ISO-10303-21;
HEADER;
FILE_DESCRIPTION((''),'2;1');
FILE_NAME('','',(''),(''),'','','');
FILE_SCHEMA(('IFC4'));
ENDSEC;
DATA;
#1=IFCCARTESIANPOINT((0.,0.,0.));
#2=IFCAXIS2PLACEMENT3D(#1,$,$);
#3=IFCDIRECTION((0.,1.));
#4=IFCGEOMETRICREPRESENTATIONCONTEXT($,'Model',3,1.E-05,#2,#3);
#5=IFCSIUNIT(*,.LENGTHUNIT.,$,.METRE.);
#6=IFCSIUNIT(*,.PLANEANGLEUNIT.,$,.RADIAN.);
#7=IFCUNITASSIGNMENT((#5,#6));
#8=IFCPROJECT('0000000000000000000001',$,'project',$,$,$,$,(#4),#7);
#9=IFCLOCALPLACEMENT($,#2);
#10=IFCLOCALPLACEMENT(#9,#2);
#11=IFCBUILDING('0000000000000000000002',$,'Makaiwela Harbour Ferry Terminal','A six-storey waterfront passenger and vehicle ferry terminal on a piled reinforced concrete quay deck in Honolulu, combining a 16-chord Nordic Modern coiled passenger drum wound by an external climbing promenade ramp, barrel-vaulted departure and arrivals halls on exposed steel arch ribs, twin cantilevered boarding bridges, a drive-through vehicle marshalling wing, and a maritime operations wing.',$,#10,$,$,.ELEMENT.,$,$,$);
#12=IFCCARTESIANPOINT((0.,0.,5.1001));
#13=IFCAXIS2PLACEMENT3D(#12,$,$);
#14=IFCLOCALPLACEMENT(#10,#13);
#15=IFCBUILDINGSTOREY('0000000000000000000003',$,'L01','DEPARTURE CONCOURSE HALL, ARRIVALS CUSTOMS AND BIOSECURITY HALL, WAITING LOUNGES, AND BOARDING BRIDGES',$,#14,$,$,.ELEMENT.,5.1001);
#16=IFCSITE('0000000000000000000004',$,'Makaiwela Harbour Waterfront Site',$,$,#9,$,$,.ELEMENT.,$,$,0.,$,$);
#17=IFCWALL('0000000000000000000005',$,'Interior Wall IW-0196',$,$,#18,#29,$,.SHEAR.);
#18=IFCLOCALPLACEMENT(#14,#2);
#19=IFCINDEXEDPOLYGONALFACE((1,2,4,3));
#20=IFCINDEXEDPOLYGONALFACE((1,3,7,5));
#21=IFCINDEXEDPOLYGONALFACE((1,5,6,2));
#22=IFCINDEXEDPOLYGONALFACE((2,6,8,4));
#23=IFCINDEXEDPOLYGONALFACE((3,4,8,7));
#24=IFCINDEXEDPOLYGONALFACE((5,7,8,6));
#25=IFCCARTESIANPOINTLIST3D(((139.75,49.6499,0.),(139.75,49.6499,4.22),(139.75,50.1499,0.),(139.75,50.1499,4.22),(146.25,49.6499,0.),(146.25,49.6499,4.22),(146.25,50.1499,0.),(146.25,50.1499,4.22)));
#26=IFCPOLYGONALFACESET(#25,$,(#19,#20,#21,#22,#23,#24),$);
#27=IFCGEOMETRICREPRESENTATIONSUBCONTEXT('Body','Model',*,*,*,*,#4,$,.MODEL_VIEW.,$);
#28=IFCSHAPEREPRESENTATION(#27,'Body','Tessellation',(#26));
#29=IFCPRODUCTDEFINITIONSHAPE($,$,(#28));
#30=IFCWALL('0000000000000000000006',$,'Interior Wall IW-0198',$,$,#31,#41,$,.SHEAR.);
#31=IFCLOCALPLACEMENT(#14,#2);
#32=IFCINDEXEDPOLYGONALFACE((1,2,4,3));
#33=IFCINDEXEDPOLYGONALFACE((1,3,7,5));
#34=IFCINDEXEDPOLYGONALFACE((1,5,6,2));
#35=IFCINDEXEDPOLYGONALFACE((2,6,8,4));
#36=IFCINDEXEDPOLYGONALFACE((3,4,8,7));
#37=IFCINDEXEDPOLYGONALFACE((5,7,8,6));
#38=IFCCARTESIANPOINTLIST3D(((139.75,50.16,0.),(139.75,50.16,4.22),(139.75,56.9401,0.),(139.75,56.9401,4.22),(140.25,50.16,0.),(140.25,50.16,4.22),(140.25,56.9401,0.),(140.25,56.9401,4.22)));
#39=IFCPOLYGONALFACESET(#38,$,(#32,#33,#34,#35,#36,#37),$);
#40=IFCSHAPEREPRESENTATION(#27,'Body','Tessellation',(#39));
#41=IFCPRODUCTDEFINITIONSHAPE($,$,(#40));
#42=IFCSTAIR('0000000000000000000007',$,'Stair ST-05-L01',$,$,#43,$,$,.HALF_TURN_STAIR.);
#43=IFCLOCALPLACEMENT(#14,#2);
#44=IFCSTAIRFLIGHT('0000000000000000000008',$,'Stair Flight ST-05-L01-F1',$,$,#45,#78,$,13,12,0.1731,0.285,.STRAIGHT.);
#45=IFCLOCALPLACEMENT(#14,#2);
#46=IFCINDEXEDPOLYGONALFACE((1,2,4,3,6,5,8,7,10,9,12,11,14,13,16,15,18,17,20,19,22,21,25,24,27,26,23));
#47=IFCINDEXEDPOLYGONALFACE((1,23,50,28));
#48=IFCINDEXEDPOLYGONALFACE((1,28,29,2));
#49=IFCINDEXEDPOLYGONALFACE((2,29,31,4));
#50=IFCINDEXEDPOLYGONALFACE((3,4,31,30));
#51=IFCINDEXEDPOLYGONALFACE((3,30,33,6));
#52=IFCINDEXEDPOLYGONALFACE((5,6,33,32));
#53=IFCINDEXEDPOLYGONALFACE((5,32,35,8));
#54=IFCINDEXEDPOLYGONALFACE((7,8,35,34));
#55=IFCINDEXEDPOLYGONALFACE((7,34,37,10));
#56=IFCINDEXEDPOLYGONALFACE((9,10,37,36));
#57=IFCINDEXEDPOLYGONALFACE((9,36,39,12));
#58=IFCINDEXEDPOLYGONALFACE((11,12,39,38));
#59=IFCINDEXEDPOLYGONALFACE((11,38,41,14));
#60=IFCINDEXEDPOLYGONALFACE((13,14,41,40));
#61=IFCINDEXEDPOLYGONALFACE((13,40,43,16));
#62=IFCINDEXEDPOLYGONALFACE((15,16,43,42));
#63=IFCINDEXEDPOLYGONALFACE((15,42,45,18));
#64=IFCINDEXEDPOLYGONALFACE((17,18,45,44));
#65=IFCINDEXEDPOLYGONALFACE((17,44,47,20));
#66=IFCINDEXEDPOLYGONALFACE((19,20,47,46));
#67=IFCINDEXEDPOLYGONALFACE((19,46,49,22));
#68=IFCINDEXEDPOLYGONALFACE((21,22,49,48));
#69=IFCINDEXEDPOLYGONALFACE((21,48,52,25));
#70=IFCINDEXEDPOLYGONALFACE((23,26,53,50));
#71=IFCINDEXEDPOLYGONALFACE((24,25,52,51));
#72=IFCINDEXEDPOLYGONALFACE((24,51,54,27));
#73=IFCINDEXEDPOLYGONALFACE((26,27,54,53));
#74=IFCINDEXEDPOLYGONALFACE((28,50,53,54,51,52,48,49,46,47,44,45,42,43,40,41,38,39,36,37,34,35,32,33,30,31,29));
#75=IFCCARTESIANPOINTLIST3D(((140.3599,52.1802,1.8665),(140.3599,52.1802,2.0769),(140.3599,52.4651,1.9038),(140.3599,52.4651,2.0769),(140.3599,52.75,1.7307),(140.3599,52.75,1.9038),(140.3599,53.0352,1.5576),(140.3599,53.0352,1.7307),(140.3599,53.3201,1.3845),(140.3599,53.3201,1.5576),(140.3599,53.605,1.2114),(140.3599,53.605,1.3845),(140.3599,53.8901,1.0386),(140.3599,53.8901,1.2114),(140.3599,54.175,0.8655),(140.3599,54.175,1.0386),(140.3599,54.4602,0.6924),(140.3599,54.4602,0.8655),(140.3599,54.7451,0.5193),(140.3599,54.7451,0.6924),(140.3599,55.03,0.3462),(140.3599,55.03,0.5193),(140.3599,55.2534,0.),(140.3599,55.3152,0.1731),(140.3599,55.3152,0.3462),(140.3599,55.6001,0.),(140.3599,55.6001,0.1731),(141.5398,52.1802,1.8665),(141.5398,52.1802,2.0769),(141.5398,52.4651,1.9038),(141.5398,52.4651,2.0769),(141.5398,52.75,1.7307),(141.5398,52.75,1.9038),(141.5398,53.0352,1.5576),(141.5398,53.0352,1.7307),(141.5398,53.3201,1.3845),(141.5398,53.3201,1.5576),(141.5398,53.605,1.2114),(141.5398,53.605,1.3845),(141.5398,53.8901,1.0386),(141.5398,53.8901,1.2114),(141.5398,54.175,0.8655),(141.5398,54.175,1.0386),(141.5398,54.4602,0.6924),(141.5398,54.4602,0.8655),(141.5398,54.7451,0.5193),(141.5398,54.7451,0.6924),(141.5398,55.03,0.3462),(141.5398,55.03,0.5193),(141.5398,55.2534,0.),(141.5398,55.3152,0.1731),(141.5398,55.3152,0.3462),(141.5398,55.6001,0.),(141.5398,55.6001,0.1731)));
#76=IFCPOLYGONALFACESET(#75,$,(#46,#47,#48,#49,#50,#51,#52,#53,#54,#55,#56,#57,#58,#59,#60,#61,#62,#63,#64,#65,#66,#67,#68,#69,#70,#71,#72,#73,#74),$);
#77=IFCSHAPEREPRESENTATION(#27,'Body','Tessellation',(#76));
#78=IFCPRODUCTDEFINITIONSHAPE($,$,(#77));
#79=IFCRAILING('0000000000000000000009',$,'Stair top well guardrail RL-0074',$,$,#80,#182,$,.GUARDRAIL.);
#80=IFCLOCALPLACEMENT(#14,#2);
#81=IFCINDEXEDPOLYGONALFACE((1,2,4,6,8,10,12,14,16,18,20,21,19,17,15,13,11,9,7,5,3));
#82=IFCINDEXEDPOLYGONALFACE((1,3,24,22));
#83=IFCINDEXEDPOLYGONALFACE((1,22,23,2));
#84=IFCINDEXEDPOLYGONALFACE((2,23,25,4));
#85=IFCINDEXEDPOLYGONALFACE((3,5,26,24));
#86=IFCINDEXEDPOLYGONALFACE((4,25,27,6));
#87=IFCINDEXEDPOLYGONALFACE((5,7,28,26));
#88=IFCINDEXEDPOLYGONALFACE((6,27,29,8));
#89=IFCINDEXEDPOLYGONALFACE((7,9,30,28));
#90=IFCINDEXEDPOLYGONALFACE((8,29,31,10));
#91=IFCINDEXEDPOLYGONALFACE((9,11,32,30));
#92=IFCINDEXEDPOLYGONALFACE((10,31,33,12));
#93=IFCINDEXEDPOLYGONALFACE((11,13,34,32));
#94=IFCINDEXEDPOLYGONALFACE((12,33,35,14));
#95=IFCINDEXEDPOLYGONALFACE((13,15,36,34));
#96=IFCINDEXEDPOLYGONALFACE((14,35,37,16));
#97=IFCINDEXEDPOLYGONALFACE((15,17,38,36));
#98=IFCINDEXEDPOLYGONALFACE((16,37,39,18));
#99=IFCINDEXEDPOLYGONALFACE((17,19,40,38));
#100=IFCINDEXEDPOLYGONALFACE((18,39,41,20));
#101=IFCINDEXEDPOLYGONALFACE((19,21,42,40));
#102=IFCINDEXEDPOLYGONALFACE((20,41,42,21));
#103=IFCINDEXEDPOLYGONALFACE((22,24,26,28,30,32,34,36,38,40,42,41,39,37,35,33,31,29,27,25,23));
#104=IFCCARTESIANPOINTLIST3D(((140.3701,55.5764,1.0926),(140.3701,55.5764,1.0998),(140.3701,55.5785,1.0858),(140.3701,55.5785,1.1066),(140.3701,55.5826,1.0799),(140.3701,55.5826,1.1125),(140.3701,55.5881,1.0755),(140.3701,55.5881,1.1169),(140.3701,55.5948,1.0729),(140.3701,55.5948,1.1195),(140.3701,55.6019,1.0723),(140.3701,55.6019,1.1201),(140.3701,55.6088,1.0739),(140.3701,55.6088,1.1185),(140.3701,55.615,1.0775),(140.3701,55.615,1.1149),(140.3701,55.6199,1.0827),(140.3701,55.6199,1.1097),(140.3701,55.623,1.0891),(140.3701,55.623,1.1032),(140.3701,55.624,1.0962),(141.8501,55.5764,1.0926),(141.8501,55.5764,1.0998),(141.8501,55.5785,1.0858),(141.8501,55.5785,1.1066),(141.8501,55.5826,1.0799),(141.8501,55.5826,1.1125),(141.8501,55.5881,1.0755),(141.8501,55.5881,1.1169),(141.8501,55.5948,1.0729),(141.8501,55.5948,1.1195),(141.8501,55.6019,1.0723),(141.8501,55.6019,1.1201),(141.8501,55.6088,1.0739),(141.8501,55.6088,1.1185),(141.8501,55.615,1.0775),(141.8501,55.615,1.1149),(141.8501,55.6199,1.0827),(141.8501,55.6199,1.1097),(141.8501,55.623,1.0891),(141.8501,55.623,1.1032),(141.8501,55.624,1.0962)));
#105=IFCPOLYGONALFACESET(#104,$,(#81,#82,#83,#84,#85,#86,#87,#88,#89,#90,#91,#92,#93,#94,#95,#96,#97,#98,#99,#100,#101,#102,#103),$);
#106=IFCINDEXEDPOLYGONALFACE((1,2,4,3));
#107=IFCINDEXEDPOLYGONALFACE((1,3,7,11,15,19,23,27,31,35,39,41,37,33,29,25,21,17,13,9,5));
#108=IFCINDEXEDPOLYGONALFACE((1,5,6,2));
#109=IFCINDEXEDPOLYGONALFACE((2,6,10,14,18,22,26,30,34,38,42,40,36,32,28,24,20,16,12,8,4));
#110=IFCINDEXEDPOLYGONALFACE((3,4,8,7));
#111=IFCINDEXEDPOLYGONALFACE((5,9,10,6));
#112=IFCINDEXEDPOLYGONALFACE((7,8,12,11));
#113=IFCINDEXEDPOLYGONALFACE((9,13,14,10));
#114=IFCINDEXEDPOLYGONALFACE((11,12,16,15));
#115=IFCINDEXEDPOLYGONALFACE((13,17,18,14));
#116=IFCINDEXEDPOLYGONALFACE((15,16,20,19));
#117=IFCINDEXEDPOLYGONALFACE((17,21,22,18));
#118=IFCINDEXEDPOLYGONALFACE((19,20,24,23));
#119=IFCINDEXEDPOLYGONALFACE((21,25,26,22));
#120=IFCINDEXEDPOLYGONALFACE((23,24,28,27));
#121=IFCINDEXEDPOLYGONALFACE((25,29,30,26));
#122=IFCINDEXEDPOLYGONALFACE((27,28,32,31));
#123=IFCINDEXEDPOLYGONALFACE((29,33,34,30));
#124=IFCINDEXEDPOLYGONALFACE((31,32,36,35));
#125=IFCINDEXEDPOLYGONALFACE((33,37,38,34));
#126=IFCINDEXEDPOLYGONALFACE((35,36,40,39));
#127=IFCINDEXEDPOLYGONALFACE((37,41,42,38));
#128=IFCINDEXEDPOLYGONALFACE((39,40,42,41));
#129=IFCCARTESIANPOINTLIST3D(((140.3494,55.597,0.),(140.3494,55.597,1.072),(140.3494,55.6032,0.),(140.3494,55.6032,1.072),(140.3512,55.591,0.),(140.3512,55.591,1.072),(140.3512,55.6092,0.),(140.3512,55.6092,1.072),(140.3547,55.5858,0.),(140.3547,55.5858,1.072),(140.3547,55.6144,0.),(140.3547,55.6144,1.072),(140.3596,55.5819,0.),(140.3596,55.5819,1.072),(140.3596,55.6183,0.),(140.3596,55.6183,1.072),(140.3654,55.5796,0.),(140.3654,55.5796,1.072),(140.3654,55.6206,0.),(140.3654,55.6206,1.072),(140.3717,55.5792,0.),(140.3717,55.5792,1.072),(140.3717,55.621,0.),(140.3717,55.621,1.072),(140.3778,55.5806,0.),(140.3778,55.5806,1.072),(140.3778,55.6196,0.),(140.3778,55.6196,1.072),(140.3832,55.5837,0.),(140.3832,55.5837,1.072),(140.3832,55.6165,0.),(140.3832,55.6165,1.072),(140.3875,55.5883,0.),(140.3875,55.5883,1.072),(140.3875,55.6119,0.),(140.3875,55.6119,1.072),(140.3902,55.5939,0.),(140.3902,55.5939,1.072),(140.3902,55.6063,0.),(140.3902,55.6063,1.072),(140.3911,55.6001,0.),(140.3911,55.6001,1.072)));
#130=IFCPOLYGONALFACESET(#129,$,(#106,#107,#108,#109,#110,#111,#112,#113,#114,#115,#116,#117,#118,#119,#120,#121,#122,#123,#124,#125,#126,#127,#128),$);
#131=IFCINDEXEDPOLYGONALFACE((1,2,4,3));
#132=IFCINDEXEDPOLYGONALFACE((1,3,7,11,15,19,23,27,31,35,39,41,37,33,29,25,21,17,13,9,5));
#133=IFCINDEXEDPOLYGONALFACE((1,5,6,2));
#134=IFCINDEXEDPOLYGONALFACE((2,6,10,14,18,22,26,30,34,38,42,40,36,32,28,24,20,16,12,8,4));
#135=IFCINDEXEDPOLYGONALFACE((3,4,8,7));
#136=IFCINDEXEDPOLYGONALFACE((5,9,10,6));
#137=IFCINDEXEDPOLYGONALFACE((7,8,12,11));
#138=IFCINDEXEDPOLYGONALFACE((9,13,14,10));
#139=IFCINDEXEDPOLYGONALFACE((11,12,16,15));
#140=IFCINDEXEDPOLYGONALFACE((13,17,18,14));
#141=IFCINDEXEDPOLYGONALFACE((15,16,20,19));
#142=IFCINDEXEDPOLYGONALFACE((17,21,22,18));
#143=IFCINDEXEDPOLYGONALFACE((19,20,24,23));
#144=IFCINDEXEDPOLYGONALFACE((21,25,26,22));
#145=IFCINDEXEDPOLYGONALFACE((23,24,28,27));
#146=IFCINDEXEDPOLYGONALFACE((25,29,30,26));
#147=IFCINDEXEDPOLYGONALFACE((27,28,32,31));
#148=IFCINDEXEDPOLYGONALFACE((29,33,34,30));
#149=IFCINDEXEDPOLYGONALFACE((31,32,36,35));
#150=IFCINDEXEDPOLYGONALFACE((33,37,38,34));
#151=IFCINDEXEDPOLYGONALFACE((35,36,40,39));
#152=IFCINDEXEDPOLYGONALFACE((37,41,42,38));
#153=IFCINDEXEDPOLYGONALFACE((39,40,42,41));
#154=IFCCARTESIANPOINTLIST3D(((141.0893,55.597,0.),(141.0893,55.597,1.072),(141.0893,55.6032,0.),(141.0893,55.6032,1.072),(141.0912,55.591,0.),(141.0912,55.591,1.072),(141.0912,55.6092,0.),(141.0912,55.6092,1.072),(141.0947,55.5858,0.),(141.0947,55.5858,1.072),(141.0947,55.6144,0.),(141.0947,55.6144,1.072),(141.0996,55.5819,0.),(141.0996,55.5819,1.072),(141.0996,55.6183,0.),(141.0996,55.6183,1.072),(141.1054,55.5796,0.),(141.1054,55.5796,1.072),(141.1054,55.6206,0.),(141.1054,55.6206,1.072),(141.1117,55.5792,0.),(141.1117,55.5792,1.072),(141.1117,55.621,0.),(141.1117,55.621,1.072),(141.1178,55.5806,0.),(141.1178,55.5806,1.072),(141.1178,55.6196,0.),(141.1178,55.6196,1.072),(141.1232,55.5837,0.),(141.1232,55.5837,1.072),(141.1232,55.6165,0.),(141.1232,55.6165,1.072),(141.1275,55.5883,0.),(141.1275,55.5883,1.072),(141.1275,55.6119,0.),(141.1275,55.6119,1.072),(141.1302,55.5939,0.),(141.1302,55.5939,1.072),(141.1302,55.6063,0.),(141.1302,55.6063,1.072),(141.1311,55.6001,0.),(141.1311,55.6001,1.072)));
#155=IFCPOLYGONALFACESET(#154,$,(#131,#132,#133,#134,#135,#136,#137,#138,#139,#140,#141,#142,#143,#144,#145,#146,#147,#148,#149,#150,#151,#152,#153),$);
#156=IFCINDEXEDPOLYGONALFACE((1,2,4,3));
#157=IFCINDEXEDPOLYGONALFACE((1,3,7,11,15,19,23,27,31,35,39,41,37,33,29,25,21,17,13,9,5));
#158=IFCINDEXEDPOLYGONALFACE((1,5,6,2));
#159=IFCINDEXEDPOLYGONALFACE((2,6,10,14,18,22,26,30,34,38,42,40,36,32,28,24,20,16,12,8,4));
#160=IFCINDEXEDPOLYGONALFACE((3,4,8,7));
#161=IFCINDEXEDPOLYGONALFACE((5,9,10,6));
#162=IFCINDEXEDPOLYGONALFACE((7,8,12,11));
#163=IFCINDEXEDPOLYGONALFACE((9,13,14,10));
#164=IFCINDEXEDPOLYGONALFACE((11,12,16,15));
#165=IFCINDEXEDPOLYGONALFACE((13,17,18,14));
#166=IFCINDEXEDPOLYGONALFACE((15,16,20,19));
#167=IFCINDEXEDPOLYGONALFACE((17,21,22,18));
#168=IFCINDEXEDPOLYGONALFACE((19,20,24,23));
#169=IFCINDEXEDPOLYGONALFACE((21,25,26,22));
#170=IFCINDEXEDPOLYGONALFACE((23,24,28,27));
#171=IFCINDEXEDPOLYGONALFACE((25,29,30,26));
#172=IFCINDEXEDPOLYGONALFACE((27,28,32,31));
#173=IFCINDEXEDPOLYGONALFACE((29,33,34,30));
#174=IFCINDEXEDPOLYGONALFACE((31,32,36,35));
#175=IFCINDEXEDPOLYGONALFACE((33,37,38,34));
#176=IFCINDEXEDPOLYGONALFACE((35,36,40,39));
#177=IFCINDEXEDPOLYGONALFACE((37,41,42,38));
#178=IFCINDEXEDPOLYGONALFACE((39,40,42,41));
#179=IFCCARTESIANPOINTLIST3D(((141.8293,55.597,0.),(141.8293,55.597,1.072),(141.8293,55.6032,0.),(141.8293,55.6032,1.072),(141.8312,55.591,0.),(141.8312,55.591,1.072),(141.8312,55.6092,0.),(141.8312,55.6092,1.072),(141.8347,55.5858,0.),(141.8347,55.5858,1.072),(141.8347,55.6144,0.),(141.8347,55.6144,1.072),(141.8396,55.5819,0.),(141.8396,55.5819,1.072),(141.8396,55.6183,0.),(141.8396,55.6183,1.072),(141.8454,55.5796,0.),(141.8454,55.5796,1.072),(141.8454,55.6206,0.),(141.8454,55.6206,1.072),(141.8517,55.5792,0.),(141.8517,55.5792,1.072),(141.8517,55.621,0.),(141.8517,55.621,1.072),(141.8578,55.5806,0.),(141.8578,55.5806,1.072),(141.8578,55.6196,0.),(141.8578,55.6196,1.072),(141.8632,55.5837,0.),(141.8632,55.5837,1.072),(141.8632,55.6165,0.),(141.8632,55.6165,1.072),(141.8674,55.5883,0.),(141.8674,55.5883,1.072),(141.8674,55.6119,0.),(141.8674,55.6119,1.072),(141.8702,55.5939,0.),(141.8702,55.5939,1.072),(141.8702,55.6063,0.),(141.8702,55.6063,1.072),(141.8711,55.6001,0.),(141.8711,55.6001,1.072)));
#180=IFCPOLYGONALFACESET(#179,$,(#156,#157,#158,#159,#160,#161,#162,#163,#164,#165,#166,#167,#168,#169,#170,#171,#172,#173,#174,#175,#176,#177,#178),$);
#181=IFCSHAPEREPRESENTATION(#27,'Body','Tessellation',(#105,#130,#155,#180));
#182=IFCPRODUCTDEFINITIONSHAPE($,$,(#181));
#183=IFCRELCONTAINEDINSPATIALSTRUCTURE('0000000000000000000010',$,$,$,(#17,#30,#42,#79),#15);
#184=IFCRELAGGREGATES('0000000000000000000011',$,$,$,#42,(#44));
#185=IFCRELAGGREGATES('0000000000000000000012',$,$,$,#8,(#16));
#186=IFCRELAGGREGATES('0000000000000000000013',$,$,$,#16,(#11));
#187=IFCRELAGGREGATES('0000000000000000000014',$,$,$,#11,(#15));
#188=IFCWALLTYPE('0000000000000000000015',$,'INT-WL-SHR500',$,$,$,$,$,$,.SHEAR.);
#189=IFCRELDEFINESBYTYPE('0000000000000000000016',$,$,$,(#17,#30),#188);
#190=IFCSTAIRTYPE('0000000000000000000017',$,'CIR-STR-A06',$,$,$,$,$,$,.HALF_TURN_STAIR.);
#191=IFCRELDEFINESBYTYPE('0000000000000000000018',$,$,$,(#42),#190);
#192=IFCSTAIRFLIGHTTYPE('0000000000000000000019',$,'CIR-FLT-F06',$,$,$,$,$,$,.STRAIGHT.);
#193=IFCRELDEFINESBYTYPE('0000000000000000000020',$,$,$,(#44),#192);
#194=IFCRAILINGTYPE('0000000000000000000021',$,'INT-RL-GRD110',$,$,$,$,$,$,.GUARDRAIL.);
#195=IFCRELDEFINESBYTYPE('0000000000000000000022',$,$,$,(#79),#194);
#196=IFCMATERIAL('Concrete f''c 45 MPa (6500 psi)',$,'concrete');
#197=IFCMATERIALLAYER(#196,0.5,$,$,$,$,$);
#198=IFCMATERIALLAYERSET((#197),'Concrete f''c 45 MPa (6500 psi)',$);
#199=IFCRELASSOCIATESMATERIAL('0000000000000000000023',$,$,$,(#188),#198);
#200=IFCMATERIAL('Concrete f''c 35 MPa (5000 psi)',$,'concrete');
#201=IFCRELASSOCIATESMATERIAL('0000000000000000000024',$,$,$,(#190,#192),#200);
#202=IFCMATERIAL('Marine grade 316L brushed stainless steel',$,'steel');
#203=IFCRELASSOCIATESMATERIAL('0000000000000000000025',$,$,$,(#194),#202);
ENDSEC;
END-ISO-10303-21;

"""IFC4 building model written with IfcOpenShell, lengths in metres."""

from ifc_helpers import new_model, si_unit, direction, frame, frame_2d, origin, origin_2d, place, context, subcontext, project, spatial, polyline, rectangle, circle, outline, extrude, material, layer, layer_set, type_object, element, aggregate, save


model = new_model("IFC4")

# Units and contexts
model_context = context("Model", 3, precision=1e-05, world=origin(), true_north=direction((0.0, 1.0)))
body_context = subcontext(model_context, "Body", "Model", "MODEL_VIEW")
ifc_project = project(units=[si_unit("LENGTHUNIT", "METRE"), si_unit("PLANEANGLEUNIT", "RADIAN")], contexts=[model_context])

# Site, building, storey
site_placement = place(None, origin())
site = spatial("IfcSite", under=ifc_project, at=site_placement, Name="Makaiwela Harbour Waterfront Site", CompositionType="ELEMENT", RefElevation=0.0)
building_placement = place(site_placement, origin())
building = spatial("IfcBuilding", under=site, at=building_placement, Name="Makaiwela Harbour Ferry Terminal", Description="A six-storey waterfront passenger and vehicle ferry terminal on a piled reinforced concrete quay deck in Honolulu, combining a 16-chord Nordic Modern coiled passenger drum wound by an external climbing promenade ramp, barrel-vaulted departure and arrivals halls on exposed steel arch ribs, twin cantilevered boarding bridges, a drive-through vehicle marshalling wing, and a maritime operations wing.", CompositionType="ELEMENT")
storey_placement = place(building_placement, frame((0.0, 0.0, 5.1001)))
storey = spatial("IfcBuildingStorey", under=building, at=storey_placement, Name="L01", Description="DEPARTURE CONCOURSE HALL, ARRIVALS CUSTOMS AND BIOSECURITY HALL, WAITING LOUNGES, AND BOARDING BRIDGES", CompositionType="ELEMENT", Elevation=5.1001)

# Wall
ifc_material_1 = material(Name="Concrete f'c 45 MPa (6500 psi)", Category="concrete")
ifc_layer_1 = layer(ifc_material_1, 0.5)
ifc_layer_set_1 = layer_set([ifc_layer_1], Name="Concrete f'c 45 MPa (6500 psi)")
wall_type = type_object("IfcWallType", Name="INT-WL-SHR500", PredefinedType="SHEAR", material=ifc_layer_set_1)
wall_1_placement = place(storey_placement, frame((139.75, 49.8999, 0.0), z_axis=(0.0, 0.0, 1.0), x_axis=(1.0, 0.0, 0.0)))
element("IfcWall", 1, at=wall_1_placement, inside=storey, type_object=wall_type, Name="Interior Wall IW-0196", PredefinedType="SHEAR", context=body_context, shape_type="SweptSolid", body=[
    extrude(rectangle(XDim=6.5, YDim=0.5, at=frame_2d((3.25, 0.0))), origin(), (0.0, 0.0, 1.0), 4.22),
])

# Shared definitions
ifc_material_2 = material(Name="Marine grade 316L brushed stainless steel", Category="steel")

# Wall
wall_2_placement = place(storey_placement, frame((140.0, 50.1599, 0.0), z_axis=(0.0, 0.0, 1.0), x_axis=(0.0, 1.0, 0.0)))
element("IfcWall", 2, at=wall_2_placement, inside=storey, type_object=wall_type, Name="Interior Wall IW-0198", PredefinedType="SHEAR", context=body_context, shape_type="SweptSolid", body=[
    extrude(rectangle(XDim=6.78, YDim=0.5, at=frame_2d((3.3901, 0.0))), origin(), (0.0, 0.0, 1.0), 4.22),
])

# Stair, stair flight
ifc_material_3 = material(Name="Concrete f'c 35 MPa (5000 psi)", Category="concrete")
stair_type = type_object("IfcStairType", Name="CIR-STR-A06", PredefinedType="HALF_TURN_STAIR", material=ifc_material_3)
stair_placement = place(storey_placement, origin())
stair = element("IfcStair", 3, at=stair_placement, inside=storey, type_object=stair_type, Name="Stair ST-05-L01", PredefinedType="HALF_TURN_STAIR")
stair_flight_type = type_object("IfcStairFlightType", Name="CIR-FLT-F06", PredefinedType="STRAIGHT", material=ifc_material_3)
stair_flight_placement = place(storey_placement, frame((140.95, 55.6001, 0.0), z_axis=(0.0, 0.0, 1.0), x_axis=(0.0, -1.0, 0.0)))
stair_flight = element("IfcStairFlight", 4, at=stair_flight_placement, type_object=stair_flight_type, Name="Stair Flight ST-05-L01-F1", NumberOfRisers=13, NumberOfTreads=12, PredefinedType="STRAIGHT", RiserHeight=0.1731, TreadLength=0.285, context=body_context, shape_type="SweptSolid", body=[
    extrude(outline(polyline([(0.0, 0.0), (0.0, 0.1731), (0.2849, 0.1731), (0.2849, 0.3462), (0.5701, 0.3462), (0.5701, 0.5193), (0.855, 0.5193), (0.855, 0.6924), (1.1399, 0.6924), (1.1399, 0.8655), (1.425, 0.8655), (1.425, 1.0386), (1.71, 1.0386), (1.71, 1.2114), (1.9951, 1.2114), (1.9951, 1.3845), (2.28, 1.3845), (2.28, 1.5576), (2.5649, 1.5576), (2.5649, 1.7307), (2.8501, 1.7307), (2.8501, 1.9038), (3.135, 1.9038), (3.135, 2.0769), (3.4199, 2.0769), (3.4199, 2.25), (3.4199, 1.8665), (0.3467, 0.0), (0.0, 0.0)])), frame((0.0, 0.5898, 0.0), z_axis=(0.0, -1.0, 0.0), x_axis=(1.0, 0.0, 0.0)), (0.0, 0.0, 1.0), 1.1799),
])
aggregate(stair, [stair_flight])

# Railing
railing_type_1 = type_object("IfcRailingType", Name="INT-RL-GRD110", PredefinedType="GUARDRAIL", material=ifc_material_2)
railing_1_placement = place(storey_placement, frame((140.3701, 55.6001, 0.0)))
element("IfcRailing", 5, at=railing_1_placement, inside=storey, type_object=railing_type_1, Name="Stair top well guardrail RL-0074", PredefinedType="GUARDRAIL", context=body_context, shape_type="SweptSolid", body=[
    extrude(circle(Radius=0.0239, at=origin_2d()), frame((0.0, 0.0, 1.0962), z_axis=(1.0, 0.0, 0.0), x_axis=(0.0, 1.0, 0.0)), (0.0, 0.0, 1.0), 1.48),
    extrude(circle(Radius=0.021, at=origin_2d()), origin(), (0.0, 0.0, 1.0), 1.072),
    extrude(circle(Radius=0.021, at=origin_2d()), frame((0.74, 0.0, 0.0)), (0.0, 0.0, 1.0), 1.072),
    extrude(circle(Radius=0.021, at=origin_2d()), frame((1.48, 0.0, 0.0)), (0.0, 0.0, 1.0), 1.072),
])

save(model, "model.ifc")
